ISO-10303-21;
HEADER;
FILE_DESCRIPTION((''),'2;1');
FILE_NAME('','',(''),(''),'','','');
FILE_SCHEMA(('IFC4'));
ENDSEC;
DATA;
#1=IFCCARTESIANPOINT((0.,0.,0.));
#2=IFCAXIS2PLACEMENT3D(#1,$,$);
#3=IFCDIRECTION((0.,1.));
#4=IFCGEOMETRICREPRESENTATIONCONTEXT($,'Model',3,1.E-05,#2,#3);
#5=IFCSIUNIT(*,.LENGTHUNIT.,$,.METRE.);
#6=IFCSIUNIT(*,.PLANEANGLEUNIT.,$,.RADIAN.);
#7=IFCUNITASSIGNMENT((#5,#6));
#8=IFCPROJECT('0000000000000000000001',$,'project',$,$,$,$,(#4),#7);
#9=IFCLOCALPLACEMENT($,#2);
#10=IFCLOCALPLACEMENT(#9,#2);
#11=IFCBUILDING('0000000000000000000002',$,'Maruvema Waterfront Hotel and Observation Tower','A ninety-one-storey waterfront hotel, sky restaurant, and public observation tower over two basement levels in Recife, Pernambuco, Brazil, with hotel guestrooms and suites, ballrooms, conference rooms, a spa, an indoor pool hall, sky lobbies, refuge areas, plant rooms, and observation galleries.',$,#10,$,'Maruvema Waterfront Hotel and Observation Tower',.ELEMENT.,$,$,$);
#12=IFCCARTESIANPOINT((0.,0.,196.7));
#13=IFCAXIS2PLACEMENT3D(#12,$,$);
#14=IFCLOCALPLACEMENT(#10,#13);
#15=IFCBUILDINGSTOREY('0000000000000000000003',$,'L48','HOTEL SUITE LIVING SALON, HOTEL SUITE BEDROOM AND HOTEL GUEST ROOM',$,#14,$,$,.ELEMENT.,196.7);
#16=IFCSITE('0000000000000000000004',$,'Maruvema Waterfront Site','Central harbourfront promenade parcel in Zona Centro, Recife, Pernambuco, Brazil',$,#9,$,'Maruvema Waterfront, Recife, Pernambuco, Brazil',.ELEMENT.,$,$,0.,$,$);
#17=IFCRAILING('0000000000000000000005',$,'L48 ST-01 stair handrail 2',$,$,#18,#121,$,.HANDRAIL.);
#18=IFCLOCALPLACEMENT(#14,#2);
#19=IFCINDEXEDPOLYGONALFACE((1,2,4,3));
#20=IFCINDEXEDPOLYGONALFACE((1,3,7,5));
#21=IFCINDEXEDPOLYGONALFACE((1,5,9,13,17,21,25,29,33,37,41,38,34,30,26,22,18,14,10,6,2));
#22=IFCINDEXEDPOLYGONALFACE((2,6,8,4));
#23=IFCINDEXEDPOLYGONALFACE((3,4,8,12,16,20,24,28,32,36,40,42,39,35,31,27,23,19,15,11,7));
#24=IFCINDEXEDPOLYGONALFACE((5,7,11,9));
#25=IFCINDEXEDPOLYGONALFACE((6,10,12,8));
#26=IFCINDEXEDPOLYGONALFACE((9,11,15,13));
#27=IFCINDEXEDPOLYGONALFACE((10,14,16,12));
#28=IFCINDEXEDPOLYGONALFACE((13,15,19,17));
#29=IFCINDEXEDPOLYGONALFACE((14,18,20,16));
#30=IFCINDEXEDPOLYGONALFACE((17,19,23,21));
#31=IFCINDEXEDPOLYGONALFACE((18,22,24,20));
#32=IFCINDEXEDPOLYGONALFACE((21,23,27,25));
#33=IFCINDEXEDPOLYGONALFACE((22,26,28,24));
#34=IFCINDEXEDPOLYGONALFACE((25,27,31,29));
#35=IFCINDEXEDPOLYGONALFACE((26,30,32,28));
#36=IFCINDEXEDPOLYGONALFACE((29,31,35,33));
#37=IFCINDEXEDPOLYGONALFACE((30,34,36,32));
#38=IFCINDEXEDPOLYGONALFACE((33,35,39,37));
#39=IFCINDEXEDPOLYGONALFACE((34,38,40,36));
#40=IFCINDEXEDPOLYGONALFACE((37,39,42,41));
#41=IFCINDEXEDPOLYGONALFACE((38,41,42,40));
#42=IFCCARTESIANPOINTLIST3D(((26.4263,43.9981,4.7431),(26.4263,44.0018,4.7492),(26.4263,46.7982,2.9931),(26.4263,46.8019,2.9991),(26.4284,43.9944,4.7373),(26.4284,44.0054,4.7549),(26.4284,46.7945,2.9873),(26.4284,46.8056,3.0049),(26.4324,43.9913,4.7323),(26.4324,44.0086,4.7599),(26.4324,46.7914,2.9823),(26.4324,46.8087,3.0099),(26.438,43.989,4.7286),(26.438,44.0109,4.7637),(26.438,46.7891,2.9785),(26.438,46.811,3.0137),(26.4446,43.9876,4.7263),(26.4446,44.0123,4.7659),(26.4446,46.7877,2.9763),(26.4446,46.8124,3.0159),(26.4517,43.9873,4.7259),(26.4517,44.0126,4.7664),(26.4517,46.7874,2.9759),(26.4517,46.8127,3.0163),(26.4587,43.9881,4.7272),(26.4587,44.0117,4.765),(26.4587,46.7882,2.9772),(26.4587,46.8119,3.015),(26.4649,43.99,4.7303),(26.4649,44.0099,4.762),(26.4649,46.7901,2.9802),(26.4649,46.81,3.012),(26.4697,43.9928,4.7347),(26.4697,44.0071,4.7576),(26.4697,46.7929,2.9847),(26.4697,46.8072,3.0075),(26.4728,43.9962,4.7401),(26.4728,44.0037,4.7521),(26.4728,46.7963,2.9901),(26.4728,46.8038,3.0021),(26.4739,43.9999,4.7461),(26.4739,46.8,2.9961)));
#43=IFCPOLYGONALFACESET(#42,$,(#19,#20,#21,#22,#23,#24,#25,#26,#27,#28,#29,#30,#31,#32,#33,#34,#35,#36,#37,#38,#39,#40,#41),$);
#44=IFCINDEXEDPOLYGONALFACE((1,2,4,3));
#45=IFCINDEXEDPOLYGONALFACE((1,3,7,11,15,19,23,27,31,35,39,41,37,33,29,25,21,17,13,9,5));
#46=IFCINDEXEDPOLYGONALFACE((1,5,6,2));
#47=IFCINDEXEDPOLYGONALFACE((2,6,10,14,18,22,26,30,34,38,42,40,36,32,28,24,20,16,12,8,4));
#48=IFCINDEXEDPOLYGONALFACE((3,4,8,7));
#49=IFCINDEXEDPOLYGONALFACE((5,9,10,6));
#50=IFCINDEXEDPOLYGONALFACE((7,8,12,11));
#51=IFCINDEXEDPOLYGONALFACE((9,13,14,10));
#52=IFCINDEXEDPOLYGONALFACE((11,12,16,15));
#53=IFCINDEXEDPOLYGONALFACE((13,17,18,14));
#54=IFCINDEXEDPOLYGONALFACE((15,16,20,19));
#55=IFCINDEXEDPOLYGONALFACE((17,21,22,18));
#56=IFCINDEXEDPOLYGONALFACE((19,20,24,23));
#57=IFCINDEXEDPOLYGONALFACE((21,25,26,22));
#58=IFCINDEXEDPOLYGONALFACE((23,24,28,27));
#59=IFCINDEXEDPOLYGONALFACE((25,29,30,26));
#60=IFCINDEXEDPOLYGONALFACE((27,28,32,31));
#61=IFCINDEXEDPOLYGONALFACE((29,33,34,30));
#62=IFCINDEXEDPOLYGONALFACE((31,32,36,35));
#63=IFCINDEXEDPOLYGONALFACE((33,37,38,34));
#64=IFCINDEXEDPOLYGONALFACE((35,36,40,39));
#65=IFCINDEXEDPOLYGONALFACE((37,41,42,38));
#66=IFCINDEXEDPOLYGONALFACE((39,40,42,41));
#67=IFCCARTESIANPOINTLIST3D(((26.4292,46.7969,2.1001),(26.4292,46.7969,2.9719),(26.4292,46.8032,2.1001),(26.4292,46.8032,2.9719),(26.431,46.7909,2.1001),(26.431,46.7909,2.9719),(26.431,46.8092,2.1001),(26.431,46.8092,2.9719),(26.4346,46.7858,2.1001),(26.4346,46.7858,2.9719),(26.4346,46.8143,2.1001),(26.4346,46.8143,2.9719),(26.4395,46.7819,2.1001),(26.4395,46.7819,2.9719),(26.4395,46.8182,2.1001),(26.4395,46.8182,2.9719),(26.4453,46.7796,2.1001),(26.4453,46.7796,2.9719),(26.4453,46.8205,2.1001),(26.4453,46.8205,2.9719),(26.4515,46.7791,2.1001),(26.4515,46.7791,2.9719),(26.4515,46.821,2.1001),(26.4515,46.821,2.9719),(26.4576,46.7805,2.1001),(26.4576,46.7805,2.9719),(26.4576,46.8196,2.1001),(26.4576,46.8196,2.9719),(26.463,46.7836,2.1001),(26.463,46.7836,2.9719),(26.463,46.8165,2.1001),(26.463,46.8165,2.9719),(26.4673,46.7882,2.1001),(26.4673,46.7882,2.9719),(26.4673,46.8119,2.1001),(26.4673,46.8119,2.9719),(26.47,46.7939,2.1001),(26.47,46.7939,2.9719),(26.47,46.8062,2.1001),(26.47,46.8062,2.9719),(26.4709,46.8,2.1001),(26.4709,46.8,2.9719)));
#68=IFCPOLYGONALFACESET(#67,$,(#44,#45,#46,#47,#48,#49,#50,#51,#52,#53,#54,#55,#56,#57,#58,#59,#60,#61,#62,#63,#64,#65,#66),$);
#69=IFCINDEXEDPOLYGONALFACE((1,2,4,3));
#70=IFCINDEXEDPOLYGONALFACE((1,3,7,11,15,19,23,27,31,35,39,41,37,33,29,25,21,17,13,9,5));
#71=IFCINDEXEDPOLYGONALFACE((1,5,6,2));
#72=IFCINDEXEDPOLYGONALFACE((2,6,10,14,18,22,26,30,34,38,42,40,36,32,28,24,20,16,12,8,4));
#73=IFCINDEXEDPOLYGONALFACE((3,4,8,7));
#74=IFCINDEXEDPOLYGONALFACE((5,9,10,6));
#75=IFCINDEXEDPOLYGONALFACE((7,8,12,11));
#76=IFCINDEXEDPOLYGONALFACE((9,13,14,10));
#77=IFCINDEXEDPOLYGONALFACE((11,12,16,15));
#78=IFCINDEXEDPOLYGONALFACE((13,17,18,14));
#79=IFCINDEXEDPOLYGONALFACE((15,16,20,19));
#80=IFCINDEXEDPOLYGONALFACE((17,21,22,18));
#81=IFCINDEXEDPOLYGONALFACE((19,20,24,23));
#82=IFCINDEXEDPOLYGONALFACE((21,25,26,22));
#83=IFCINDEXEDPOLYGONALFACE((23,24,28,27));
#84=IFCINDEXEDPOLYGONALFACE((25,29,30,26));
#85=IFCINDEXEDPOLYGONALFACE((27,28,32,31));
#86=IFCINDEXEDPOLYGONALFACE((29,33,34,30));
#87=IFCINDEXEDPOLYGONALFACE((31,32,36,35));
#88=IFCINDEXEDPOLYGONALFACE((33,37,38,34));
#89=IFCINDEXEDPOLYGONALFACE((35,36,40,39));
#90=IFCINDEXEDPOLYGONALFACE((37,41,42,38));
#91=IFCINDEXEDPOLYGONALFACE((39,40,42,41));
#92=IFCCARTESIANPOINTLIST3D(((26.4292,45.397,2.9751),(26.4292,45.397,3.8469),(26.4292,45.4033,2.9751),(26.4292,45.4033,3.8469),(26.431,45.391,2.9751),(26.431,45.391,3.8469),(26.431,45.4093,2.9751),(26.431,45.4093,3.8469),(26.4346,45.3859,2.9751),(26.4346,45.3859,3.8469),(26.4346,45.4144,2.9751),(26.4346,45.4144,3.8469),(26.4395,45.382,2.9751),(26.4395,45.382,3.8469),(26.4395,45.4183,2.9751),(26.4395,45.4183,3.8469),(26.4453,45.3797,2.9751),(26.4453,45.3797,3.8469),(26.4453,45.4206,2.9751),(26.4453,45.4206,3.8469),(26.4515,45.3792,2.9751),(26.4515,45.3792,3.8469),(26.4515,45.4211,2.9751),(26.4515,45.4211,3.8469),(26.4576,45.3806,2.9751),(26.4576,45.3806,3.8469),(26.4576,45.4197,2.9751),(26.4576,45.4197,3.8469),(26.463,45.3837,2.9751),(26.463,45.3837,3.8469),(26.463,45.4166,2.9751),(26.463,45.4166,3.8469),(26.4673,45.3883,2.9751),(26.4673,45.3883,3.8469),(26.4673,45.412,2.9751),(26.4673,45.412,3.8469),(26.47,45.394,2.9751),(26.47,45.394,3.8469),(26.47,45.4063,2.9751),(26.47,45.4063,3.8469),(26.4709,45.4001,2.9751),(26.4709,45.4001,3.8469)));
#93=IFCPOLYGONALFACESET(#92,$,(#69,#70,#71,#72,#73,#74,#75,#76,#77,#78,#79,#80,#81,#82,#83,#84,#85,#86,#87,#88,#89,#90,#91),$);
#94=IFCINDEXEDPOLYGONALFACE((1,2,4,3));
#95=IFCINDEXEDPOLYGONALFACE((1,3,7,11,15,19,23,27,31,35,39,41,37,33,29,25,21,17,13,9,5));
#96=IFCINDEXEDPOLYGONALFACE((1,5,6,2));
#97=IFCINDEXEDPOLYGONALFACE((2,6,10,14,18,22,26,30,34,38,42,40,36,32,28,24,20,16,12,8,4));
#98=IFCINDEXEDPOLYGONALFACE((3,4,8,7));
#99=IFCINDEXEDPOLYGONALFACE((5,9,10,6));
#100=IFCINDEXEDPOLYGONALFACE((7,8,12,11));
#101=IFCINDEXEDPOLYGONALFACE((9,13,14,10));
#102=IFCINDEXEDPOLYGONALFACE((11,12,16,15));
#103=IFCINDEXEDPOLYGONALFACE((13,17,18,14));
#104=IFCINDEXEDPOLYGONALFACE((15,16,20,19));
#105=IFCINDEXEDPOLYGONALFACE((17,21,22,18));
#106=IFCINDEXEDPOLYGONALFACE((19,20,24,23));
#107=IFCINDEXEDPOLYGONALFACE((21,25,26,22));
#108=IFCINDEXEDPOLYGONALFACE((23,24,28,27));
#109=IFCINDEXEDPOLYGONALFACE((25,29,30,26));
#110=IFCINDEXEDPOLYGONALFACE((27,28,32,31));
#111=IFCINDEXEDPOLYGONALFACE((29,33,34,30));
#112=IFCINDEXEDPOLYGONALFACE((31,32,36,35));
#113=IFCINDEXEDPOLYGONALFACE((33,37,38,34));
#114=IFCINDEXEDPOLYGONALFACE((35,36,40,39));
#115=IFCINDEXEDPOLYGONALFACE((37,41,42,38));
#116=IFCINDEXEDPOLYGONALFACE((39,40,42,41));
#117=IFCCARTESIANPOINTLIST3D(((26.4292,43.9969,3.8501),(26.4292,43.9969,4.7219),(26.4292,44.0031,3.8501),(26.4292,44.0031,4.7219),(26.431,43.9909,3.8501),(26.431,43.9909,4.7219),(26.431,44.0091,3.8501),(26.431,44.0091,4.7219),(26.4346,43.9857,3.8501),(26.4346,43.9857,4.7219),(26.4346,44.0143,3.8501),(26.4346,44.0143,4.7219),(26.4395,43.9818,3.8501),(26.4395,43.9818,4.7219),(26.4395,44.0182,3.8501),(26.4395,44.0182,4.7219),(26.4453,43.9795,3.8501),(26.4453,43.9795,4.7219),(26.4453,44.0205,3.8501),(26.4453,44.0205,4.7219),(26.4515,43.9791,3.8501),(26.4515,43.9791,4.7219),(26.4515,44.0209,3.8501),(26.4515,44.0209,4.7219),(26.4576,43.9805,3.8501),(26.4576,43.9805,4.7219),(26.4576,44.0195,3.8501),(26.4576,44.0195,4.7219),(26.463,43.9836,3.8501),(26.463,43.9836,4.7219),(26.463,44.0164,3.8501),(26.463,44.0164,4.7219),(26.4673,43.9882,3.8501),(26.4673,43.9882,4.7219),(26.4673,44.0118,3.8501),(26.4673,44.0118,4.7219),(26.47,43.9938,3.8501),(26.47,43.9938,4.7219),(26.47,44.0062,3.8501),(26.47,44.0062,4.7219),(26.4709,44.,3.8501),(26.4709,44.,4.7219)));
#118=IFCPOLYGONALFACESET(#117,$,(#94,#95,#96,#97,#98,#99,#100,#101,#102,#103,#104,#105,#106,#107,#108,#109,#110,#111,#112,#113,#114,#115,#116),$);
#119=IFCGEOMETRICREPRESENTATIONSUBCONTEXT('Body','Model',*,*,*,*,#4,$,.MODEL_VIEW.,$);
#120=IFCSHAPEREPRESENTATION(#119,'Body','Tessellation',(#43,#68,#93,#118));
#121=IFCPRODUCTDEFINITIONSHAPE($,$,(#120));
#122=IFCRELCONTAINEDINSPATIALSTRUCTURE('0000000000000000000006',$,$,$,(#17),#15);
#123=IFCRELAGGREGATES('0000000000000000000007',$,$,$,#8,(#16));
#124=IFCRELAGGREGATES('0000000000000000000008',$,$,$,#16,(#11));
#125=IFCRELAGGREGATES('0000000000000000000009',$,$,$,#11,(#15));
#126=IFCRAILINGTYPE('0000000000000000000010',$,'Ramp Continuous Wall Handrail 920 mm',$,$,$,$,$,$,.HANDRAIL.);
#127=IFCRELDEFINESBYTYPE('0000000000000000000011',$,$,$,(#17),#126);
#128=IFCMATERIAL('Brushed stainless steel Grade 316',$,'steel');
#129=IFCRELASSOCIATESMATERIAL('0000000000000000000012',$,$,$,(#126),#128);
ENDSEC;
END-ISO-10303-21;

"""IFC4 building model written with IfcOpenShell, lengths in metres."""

from ifc_helpers import new_model, si_unit, direction, frame, origin, origin_2d, place, context, subcontext, project, spatial, circle, extrude, material, type_object, element, save


model = new_model("IFC4")

# Units and contexts
model_context = context("Model", 3, precision=1e-05, world=origin(), true_north=direction((0.0, 1.0)))
body_context = subcontext(model_context, "Body", "Model", "MODEL_VIEW")
ifc_project = project(units=[si_unit("LENGTHUNIT", "METRE"), si_unit("PLANEANGLEUNIT", "RADIAN")], contexts=[model_context])

# Site, building, storey
site_placement = place(None, origin())
site = spatial("IfcSite", under=ifc_project, at=site_placement, Name="Maruvema Waterfront Site", Description="Central harbourfront promenade parcel in Zona Centro, Recife, Pernambuco, Brazil", LongName="Maruvema Waterfront, Recife, Pernambuco, Brazil", CompositionType="ELEMENT", RefElevation=0.0)
building_placement = place(site_placement, origin())
building = spatial("IfcBuilding", under=site, at=building_placement, Name="Maruvema Waterfront Hotel and Observation Tower", Description="A ninety-one-storey waterfront hotel, sky restaurant, and public observation tower over two basement levels in Recife, Pernambuco, Brazil, with hotel guestrooms and suites, ballrooms, conference rooms, a spa, an indoor pool hall, sky lobbies, refuge areas, plant rooms, and observation galleries.", LongName="Maruvema Waterfront Hotel and Observation Tower", CompositionType="ELEMENT")
storey_placement = place(building_placement, frame((0.0, 0.0, 196.7)))
storey = spatial("IfcBuildingStorey", under=building, at=storey_placement, Name="L48", Description="HOTEL SUITE LIVING SALON, HOTEL SUITE BEDROOM AND HOTEL GUEST ROOM", CompositionType="ELEMENT", Elevation=196.7)

# Railing
ifc_material_1 = material(Name="Brushed stainless steel Grade 316", Category="steel")
railing_type_1 = type_object("IfcRailingType", Name="Ramp Continuous Wall Handrail 920 mm", PredefinedType="HANDRAIL", material=ifc_material_1)
railing_1_placement = place(storey_placement, frame((26.45, 46.8, 2.1001)))
element("IfcRailing", 1, at=railing_1_placement, inside=storey, type_object=railing_type_1, Name="L48 ST-01 stair handrail 2", PredefinedType="HANDRAIL", context=body_context, shape_type="SweptSolid", body=[
    extrude(circle(Radius=0.0239, at=origin_2d()), frame((0.0, 0.0, 0.896), z_axis=(0.0, -0.848002, 0.529992), x_axis=(1.0, 0.0, 0.0)), (0.0, 0.0, 1.0), 3.302),
    extrude(circle(Radius=0.021, at=origin_2d()), origin(), (0.0, 0.0, 1.0), 0.8718),
    extrude(circle(Radius=0.021, at=origin_2d()), frame((0.0, -1.3999, 0.875)), (0.0, 0.0, 1.0), 0.8718),
    extrude(circle(Radius=0.021, at=origin_2d()), frame((0.0, -2.8, 1.75)), (0.0, 0.0, 1.0), 0.8718),
])

save(model, "model.ifc")
